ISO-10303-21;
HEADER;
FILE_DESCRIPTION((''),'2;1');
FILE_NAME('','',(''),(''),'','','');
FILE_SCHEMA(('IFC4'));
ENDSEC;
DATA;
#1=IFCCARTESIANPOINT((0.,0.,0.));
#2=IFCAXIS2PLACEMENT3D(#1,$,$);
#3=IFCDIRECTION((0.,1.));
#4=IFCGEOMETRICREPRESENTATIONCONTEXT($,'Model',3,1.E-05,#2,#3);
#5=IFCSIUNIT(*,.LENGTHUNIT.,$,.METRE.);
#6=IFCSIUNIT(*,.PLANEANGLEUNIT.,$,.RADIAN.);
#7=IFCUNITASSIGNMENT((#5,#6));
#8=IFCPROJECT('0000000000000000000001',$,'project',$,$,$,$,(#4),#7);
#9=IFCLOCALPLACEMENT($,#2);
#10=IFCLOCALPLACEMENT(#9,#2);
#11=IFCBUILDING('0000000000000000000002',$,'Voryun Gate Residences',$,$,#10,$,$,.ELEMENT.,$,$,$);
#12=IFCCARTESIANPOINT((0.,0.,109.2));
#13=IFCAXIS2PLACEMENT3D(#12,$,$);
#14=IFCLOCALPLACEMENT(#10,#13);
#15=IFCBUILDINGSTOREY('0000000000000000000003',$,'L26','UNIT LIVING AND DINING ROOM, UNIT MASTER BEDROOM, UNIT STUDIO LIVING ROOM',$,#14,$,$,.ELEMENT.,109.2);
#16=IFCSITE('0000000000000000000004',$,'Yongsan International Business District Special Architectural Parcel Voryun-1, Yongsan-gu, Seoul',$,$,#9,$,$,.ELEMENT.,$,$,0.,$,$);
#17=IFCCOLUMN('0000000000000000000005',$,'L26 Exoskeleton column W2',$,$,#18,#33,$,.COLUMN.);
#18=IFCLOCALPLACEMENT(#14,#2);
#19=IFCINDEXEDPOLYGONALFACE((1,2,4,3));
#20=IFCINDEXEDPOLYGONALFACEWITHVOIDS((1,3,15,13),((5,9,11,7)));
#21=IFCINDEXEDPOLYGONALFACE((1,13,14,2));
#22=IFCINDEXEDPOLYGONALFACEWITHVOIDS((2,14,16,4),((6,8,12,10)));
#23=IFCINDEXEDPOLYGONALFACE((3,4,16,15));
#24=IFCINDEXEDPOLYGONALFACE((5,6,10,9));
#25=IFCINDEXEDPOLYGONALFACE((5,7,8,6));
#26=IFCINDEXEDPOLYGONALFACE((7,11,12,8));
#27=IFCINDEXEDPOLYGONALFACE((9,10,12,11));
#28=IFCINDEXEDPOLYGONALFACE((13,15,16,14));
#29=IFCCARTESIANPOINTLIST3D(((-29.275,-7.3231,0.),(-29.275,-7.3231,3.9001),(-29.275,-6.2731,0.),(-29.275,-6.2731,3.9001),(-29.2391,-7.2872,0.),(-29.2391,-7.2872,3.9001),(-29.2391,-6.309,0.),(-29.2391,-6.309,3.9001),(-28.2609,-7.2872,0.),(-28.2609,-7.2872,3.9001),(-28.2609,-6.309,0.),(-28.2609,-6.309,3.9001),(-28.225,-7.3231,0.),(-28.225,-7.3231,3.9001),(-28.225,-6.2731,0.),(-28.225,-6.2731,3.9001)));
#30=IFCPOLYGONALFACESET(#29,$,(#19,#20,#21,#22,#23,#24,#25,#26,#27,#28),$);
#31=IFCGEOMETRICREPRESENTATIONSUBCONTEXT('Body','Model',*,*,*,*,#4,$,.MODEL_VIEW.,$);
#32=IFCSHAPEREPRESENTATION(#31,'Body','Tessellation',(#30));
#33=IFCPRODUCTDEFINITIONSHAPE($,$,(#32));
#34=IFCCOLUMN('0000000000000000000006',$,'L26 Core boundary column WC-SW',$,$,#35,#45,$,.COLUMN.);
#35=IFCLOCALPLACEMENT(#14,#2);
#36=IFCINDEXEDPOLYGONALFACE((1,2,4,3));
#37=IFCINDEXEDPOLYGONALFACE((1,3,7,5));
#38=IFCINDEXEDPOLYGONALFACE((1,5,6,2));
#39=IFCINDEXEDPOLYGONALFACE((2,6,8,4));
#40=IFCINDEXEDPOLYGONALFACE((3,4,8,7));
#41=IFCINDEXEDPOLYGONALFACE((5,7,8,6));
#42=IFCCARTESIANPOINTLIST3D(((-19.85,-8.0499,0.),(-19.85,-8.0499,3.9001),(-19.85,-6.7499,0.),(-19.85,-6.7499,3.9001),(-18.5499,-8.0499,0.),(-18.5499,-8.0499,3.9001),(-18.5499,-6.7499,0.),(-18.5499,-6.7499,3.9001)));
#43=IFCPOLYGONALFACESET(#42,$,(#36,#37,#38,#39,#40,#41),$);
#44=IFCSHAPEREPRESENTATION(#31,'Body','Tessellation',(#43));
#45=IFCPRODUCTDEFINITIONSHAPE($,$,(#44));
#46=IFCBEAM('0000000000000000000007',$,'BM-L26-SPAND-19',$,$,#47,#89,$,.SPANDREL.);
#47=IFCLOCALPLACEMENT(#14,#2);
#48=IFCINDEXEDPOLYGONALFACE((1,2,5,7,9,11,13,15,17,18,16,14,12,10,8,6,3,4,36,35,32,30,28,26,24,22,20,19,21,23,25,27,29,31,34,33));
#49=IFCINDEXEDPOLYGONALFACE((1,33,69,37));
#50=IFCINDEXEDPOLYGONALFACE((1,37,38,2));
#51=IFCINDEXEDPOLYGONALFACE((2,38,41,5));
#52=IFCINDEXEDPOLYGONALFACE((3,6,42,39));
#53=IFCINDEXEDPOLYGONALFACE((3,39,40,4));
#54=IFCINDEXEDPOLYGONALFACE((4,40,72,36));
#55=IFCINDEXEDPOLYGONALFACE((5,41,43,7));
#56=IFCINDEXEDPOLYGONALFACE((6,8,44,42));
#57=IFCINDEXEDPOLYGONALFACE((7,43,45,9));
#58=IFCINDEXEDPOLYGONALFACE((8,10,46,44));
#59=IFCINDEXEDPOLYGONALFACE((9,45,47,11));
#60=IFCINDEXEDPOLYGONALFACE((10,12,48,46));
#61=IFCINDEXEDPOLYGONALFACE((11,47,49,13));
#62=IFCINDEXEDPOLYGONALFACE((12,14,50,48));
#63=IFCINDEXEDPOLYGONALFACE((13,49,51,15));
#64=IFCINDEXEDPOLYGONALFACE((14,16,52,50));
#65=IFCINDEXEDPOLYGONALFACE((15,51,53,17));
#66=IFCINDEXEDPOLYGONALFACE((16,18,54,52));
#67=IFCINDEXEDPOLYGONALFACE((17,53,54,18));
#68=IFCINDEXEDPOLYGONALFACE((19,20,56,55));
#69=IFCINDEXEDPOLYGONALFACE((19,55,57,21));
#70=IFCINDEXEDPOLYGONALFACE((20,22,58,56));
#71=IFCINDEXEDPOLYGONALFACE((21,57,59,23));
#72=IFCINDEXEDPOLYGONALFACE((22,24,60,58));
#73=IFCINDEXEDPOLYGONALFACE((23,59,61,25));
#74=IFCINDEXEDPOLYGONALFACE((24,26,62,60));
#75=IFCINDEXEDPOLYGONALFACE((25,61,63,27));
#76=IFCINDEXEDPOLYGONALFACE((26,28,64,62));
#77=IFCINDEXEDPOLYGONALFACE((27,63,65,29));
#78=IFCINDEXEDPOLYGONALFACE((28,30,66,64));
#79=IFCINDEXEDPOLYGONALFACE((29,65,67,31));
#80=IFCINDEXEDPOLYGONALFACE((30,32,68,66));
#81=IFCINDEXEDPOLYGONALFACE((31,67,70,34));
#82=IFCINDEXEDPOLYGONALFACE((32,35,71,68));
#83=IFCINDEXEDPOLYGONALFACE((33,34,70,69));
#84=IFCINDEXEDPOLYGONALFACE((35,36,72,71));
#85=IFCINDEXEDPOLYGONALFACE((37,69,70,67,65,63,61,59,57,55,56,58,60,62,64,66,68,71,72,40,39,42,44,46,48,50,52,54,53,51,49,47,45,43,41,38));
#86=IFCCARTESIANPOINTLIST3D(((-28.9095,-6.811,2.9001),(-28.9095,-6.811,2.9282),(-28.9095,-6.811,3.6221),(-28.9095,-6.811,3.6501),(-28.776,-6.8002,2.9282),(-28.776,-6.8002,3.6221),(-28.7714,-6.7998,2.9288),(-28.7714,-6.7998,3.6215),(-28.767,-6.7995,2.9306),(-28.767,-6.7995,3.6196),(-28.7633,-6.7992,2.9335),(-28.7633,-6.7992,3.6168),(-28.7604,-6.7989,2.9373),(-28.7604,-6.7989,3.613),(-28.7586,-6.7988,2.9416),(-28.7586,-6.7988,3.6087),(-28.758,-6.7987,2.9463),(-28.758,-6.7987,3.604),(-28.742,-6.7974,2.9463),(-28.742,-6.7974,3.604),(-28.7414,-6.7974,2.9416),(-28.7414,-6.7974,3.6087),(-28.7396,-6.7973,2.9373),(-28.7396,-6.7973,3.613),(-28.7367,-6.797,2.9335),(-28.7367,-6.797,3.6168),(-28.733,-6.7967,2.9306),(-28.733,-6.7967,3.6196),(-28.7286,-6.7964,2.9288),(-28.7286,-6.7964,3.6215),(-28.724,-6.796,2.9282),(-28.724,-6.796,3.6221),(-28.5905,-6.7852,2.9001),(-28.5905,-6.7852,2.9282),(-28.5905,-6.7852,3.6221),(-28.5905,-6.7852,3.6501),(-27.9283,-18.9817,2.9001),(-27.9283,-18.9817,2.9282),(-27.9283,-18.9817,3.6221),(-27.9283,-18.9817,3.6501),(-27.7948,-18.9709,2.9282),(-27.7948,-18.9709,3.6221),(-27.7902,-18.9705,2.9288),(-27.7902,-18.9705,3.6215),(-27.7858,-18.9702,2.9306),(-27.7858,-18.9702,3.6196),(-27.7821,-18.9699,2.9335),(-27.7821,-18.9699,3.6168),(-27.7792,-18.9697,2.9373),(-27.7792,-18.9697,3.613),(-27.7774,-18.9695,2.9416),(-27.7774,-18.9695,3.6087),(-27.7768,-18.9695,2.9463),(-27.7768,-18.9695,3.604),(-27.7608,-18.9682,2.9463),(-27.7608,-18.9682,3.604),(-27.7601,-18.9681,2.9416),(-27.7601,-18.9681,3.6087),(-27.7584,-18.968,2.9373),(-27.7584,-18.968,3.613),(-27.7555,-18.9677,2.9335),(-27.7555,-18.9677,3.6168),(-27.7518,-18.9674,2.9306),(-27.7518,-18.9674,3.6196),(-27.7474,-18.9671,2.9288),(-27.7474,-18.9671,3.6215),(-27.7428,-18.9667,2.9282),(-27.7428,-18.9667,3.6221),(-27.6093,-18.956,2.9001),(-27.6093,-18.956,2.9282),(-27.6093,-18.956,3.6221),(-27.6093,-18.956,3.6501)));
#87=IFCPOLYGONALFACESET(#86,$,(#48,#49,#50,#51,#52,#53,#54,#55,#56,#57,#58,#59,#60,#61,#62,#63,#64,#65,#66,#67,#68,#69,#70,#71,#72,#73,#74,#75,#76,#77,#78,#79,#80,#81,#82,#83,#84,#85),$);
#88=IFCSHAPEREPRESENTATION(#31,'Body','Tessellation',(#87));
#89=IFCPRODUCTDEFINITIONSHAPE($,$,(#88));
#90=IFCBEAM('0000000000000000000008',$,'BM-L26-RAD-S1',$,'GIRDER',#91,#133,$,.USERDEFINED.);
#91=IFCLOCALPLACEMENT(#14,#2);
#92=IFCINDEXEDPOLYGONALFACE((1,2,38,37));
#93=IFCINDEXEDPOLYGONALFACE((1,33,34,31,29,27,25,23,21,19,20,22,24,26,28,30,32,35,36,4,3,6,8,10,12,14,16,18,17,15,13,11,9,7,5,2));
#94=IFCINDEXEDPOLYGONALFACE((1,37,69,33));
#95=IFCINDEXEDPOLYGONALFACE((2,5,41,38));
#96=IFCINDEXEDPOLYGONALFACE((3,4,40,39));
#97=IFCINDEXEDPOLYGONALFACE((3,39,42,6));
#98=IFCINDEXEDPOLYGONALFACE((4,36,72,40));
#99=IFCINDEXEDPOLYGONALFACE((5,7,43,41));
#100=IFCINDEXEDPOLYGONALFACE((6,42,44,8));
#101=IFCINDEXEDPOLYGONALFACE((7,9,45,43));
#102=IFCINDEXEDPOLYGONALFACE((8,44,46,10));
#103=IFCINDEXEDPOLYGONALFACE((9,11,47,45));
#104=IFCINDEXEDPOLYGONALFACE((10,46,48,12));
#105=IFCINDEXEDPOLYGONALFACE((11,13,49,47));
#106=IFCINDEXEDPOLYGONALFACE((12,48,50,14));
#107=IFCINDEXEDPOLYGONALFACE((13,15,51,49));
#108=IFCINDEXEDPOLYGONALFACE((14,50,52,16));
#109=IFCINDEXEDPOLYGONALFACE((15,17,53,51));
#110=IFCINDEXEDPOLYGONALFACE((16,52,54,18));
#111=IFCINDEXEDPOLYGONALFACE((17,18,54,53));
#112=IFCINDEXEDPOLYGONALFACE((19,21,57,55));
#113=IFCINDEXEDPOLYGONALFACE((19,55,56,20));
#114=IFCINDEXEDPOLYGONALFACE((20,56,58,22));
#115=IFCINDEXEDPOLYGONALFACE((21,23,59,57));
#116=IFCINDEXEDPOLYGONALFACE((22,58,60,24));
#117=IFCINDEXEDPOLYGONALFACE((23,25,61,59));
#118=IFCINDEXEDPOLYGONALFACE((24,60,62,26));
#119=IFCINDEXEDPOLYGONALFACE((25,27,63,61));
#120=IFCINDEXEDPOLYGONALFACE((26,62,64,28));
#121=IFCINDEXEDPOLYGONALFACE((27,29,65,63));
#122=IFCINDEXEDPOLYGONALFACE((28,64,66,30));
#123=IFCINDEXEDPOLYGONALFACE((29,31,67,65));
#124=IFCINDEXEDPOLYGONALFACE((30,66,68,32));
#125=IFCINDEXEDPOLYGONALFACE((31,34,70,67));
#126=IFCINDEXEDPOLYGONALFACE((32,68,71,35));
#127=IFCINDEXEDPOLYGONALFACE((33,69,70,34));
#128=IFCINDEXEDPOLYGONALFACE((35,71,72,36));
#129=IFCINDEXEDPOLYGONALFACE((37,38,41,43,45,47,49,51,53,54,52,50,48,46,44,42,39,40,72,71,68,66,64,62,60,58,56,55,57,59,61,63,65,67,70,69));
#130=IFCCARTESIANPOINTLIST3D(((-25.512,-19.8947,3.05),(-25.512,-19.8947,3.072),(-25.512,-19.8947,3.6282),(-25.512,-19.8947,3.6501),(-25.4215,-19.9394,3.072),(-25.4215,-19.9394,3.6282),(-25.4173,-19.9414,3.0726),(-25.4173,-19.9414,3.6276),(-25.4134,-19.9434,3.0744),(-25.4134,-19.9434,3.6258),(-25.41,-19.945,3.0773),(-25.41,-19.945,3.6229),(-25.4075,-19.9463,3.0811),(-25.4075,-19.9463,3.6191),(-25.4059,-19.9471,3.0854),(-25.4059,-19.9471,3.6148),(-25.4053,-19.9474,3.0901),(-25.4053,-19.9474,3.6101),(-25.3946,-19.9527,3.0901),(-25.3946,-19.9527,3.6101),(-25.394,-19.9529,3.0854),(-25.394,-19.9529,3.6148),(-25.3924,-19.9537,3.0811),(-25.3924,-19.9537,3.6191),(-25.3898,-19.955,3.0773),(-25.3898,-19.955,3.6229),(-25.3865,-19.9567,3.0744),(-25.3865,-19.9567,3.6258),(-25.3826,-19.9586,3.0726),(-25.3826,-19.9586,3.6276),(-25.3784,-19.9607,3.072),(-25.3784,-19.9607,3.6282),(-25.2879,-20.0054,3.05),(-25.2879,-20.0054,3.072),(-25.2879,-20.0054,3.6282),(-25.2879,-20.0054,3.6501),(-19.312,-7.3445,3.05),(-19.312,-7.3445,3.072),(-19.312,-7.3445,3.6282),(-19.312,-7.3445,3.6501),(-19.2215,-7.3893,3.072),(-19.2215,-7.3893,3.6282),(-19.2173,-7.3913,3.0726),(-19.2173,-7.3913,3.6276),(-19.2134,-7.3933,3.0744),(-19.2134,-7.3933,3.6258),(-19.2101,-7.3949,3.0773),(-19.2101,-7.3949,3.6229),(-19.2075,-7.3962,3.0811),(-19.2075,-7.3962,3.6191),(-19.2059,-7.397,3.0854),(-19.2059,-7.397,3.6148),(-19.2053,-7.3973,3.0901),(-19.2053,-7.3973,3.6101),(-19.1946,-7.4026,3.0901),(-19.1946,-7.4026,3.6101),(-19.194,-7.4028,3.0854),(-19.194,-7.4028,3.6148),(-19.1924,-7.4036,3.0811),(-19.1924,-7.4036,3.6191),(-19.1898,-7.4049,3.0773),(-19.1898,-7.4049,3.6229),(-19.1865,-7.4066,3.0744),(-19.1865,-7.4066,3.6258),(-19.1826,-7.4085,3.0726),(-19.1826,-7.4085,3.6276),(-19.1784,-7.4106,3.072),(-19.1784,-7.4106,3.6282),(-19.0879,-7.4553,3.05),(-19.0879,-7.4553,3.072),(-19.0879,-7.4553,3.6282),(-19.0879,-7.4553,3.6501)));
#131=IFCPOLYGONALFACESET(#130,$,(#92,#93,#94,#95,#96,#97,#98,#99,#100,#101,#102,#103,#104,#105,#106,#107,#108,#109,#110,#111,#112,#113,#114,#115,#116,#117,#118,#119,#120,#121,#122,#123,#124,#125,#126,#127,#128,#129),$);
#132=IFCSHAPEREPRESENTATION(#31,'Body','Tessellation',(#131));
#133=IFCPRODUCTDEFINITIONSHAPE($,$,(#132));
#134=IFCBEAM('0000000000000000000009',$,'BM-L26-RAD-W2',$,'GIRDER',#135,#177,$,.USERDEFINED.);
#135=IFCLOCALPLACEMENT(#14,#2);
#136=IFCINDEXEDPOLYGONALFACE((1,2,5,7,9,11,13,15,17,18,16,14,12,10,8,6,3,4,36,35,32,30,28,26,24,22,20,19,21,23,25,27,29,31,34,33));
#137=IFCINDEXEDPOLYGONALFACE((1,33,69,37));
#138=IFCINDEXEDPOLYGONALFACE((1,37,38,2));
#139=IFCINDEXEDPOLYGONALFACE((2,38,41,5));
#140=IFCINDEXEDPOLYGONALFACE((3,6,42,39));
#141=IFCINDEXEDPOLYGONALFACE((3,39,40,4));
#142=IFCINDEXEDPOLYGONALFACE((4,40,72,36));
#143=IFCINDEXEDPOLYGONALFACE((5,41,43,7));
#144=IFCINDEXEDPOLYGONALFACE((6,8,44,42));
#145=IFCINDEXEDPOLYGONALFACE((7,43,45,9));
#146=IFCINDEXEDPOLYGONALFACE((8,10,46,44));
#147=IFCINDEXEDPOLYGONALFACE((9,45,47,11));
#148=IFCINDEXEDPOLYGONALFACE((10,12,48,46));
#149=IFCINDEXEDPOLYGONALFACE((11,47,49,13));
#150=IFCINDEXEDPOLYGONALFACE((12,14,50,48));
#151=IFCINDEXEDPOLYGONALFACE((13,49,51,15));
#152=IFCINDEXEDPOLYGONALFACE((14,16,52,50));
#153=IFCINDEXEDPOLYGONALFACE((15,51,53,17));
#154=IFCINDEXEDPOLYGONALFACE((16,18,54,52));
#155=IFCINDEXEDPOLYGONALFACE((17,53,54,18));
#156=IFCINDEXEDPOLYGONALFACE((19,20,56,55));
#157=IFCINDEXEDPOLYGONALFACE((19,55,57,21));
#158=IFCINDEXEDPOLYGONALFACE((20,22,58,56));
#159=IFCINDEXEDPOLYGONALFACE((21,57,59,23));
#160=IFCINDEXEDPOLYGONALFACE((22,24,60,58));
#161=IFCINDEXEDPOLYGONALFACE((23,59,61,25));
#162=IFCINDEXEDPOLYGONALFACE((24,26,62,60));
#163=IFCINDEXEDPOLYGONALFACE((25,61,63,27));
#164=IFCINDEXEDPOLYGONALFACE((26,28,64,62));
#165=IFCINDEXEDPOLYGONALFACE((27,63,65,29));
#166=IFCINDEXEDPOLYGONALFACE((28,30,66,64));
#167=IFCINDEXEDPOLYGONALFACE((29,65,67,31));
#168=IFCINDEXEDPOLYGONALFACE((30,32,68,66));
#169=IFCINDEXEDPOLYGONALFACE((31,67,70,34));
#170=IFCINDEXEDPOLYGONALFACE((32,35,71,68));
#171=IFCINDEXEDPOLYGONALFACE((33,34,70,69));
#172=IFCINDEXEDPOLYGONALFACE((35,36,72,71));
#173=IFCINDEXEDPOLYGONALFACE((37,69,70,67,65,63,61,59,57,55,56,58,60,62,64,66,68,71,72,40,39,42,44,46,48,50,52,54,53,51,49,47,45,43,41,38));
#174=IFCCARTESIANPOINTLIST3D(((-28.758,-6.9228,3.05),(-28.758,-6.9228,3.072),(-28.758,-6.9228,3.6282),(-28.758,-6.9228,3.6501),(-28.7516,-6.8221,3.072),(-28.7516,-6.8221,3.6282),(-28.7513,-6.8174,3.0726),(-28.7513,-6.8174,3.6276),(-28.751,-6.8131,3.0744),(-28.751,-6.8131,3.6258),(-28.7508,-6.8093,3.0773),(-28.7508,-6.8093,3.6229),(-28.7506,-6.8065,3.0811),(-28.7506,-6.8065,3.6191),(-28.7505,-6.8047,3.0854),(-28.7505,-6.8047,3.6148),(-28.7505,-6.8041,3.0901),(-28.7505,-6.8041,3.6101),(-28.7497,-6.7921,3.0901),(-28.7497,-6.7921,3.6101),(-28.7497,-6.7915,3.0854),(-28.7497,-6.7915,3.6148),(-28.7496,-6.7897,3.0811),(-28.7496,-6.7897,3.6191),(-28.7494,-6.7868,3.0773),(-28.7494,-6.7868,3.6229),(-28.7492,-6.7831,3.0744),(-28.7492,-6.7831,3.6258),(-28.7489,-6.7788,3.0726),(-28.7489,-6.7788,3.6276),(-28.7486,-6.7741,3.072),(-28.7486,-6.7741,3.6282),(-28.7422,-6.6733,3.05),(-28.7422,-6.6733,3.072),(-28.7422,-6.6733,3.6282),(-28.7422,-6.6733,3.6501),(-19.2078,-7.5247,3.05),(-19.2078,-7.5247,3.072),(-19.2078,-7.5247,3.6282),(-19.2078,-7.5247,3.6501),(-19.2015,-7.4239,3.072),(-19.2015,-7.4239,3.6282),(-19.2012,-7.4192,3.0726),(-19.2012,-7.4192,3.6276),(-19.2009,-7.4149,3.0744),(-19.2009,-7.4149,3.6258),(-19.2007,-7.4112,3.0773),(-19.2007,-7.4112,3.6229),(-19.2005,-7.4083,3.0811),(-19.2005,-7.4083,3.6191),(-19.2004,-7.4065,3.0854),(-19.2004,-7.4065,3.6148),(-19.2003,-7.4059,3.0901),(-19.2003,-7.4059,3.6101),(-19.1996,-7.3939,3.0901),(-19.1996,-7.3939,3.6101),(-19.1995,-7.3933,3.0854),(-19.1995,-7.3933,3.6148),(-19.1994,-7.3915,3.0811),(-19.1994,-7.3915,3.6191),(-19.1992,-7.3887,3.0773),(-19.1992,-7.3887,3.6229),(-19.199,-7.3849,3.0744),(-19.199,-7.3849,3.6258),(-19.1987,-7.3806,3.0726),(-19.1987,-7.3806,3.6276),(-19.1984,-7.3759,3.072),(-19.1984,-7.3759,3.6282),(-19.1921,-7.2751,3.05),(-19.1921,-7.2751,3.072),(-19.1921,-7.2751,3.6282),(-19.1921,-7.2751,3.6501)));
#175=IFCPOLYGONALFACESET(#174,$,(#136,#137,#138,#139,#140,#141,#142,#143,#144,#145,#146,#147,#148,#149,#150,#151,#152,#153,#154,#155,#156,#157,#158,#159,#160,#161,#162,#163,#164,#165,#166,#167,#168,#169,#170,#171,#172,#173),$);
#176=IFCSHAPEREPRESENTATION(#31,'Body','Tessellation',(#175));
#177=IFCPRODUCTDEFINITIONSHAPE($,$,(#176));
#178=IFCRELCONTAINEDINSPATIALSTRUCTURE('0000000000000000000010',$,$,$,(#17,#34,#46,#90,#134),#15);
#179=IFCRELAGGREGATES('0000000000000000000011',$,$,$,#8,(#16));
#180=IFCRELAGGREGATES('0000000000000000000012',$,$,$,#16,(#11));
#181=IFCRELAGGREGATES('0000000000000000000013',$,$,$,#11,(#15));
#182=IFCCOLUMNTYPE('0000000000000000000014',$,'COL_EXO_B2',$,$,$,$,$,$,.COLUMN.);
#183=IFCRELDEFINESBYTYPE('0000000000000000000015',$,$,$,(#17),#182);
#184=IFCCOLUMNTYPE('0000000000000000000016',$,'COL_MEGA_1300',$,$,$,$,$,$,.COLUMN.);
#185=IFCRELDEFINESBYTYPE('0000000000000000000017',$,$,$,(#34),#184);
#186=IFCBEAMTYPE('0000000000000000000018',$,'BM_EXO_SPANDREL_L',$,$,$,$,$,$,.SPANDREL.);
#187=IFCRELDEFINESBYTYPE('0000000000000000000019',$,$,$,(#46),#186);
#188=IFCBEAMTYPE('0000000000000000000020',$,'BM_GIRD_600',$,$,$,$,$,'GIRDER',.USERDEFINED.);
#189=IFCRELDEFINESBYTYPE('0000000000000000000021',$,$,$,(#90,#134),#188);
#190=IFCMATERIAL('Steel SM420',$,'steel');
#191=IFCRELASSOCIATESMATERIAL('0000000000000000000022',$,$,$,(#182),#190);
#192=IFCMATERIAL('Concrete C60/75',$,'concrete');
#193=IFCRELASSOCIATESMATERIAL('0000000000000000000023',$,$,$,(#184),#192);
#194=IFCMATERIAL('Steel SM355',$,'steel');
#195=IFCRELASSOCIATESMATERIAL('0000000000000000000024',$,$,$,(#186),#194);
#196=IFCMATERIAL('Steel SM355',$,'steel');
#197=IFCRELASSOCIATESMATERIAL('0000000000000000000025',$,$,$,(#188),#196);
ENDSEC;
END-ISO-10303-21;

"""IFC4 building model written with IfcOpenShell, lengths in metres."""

from ifc_helpers import new_model, si_unit, direction, frame, origin, origin_2d, place, context, subcontext, project, spatial, rectangle, hollow_rectangle, i_section, extrude, material, material_profile, profile_set, type_object, element, save


model = new_model("IFC4")

# Units and contexts
model_context = context("Model", 3, precision=1e-05, world=origin(), true_north=direction((0.0, 1.0)))
body_context = subcontext(model_context, "Body", "Model", "MODEL_VIEW")
ifc_project = project(units=[si_unit("LENGTHUNIT", "METRE"), si_unit("PLANEANGLEUNIT", "RADIAN")], contexts=[model_context])

# Site, building, storey
site_placement = place(None, origin())
site = spatial("IfcSite", under=ifc_project, at=site_placement, Name="Yongsan International Business District Special Architectural Parcel Voryun-1, Yongsan-gu, Seoul", CompositionType="ELEMENT", RefElevation=0.0)
building_placement = place(site_placement, origin())
building = spatial("IfcBuilding", under=site, at=building_placement, Name="Voryun Gate Residences", CompositionType="ELEMENT")
storey_placement = place(building_placement, frame((0.0, 0.0, 109.2)))
storey = spatial("IfcBuildingStorey", under=building, at=storey_placement, Name="L26", Description="UNIT LIVING AND DINING ROOM, UNIT MASTER BEDROOM, UNIT STUDIO LIVING ROOM", CompositionType="ELEMENT", Elevation=109.2)

# Columns
ifc_material_1 = material(Name="Steel SM420", Category="steel")
ifc_material_profile_1 = material_profile(ifc_material_1, hollow_rectangle(XDim=1.05, YDim=1.05, WallThickness=0.0359, at=origin_2d()), Name="BOX-1050x1050x36")
ifc_profile_set_1 = profile_set([ifc_material_profile_1], Name="Steel SM420")
column_type_1 = type_object("IfcColumnType", Name="COL_EXO_B2", PredefinedType="COLUMN", material=ifc_profile_set_1)
column_1_placement = place(storey_placement, frame((-28.75, -6.7981, 0.0), z_axis=(0.0, 0.0, 1.0), x_axis=(1.0, 0.0, 0.0)))
element("IfcColumn", 1, at=column_1_placement, inside=storey, type_object=column_type_1, Name="L26 Exoskeleton column W2", PredefinedType="COLUMN", context=body_context, shape_type="SweptSolid", body=[
    extrude(hollow_rectangle(XDim=1.05, YDim=1.05, WallThickness=0.0359, at=origin_2d()), origin(), (0.0, 0.0, 1.0), 3.9001),
])
ifc_material_2 = material(Name="Concrete C60/75", Category="concrete")
ifc_material_profile_2 = material_profile(ifc_material_2, rectangle(XDim=1.3, YDim=1.3, at=origin_2d()), Name="RC-1300x1300")
ifc_profile_set_2 = profile_set([ifc_material_profile_2], Name="Concrete C60/75")
column_type_2 = type_object("IfcColumnType", Name="COL_MEGA_1300", PredefinedType="COLUMN", material=ifc_profile_set_2)
column_2_placement = place(storey_placement, frame((-19.2, -7.3999, 0.0), z_axis=(0.0, 0.0, 1.0), x_axis=(1.0, 0.0, 0.0)))
element("IfcColumn", 2, at=column_2_placement, inside=storey, type_object=column_type_2, Name="L26 Core boundary column WC-SW", PredefinedType="COLUMN", context=body_context, shape_type="SweptSolid", body=[
    extrude(rectangle(XDim=1.3, YDim=1.3, at=origin_2d()), origin(), (0.0, 0.0, 1.0), 3.9001),
])

# Beams
ifc_material_3 = material(Name="Steel SM355", Category="steel")
ifc_material_profile_3 = material_profile(ifc_material_3, i_section(OverallWidth=0.3201, OverallDepth=0.75, WebThickness=0.0161, FlangeThickness=0.0281, FilletRadius=0.0181, at=origin_2d()), Name="H-750x320x16x28")
ifc_profile_set_3 = profile_set([ifc_material_profile_3], Name="Steel SM355")
beam_type_1 = type_object("IfcBeamType", Name="BM_EXO_SPANDREL_L", PredefinedType="SPANDREL", material=ifc_profile_set_3)
beam_1_placement = place(storey_placement, frame((-28.75, -6.7981, 3.2751), z_axis=(0.08036, -0.996766, 0.0), x_axis=(0.996766, 0.08036, 0.0)))
element("IfcBeam", 3, at=beam_1_placement, inside=storey, type_object=beam_type_1, Name="BM-L26-SPAND-19", PredefinedType="SPANDREL", context=body_context, shape_type="SweptSolid", body=[
    extrude(i_section(OverallWidth=0.3201, OverallDepth=0.75, WebThickness=0.0161, FlangeThickness=0.0281, FilletRadius=0.0181, at=origin_2d()), origin(), (0.0, 0.0, 1.0), 12.2102),
])
ifc_material_4 = material(Name="Steel SM355", Category="steel")
ifc_material_profile_4 = material_profile(ifc_material_4, i_section(OverallWidth=0.25, OverallDepth=0.6001, WebThickness=0.012, FlangeThickness=0.022, FilletRadius=0.0181, at=origin_2d()), Name="H-600x250x12x22")
ifc_profile_set_4 = profile_set([ifc_material_profile_4], Name="Steel SM355")
beam_type_2 = type_object("IfcBeamType", Name="BM_GIRD_600", ElementType="GIRDER", PredefinedType="USERDEFINED", material=ifc_profile_set_4)
beam_2_placement = place(storey_placement, frame((-19.2, -7.3999, 3.3501), z_axis=(-0.442918, -0.896562, 0.0), x_axis=(0.896562, -0.442918, 0.0)))
element("IfcBeam", 4, at=beam_2_placement, inside=storey, type_object=beam_type_2, Name="BM-L26-RAD-S1", ObjectType="GIRDER", PredefinedType="USERDEFINED", context=body_context, shape_type="SweptSolid", body=[
    extrude(i_section(OverallWidth=0.25, OverallDepth=0.6001, WebThickness=0.012, FlangeThickness=0.022, FilletRadius=0.0181, at=origin_2d()), origin(), (0.0, 0.0, 1.0), 13.998),
])
beam_3_placement = place(storey_placement, frame((-19.2, -7.3999, 3.3501), z_axis=(-0.99802, 0.062891, 0.0), x_axis=(-0.062891, -0.99802, 0.0)))
element("IfcBeam", 5, at=beam_3_placement, inside=storey, type_object=beam_type_2, Name="BM-L26-RAD-W2", ObjectType="GIRDER", PredefinedType="USERDEFINED", context=body_context, shape_type="SweptSolid", body=[
    extrude(i_section(OverallWidth=0.25, OverallDepth=0.6001, WebThickness=0.012, FlangeThickness=0.022, FilletRadius=0.0181, at=origin_2d()), origin(), (0.0, 0.0, 1.0), 9.5691),
])

save(model, "model.ifc")
